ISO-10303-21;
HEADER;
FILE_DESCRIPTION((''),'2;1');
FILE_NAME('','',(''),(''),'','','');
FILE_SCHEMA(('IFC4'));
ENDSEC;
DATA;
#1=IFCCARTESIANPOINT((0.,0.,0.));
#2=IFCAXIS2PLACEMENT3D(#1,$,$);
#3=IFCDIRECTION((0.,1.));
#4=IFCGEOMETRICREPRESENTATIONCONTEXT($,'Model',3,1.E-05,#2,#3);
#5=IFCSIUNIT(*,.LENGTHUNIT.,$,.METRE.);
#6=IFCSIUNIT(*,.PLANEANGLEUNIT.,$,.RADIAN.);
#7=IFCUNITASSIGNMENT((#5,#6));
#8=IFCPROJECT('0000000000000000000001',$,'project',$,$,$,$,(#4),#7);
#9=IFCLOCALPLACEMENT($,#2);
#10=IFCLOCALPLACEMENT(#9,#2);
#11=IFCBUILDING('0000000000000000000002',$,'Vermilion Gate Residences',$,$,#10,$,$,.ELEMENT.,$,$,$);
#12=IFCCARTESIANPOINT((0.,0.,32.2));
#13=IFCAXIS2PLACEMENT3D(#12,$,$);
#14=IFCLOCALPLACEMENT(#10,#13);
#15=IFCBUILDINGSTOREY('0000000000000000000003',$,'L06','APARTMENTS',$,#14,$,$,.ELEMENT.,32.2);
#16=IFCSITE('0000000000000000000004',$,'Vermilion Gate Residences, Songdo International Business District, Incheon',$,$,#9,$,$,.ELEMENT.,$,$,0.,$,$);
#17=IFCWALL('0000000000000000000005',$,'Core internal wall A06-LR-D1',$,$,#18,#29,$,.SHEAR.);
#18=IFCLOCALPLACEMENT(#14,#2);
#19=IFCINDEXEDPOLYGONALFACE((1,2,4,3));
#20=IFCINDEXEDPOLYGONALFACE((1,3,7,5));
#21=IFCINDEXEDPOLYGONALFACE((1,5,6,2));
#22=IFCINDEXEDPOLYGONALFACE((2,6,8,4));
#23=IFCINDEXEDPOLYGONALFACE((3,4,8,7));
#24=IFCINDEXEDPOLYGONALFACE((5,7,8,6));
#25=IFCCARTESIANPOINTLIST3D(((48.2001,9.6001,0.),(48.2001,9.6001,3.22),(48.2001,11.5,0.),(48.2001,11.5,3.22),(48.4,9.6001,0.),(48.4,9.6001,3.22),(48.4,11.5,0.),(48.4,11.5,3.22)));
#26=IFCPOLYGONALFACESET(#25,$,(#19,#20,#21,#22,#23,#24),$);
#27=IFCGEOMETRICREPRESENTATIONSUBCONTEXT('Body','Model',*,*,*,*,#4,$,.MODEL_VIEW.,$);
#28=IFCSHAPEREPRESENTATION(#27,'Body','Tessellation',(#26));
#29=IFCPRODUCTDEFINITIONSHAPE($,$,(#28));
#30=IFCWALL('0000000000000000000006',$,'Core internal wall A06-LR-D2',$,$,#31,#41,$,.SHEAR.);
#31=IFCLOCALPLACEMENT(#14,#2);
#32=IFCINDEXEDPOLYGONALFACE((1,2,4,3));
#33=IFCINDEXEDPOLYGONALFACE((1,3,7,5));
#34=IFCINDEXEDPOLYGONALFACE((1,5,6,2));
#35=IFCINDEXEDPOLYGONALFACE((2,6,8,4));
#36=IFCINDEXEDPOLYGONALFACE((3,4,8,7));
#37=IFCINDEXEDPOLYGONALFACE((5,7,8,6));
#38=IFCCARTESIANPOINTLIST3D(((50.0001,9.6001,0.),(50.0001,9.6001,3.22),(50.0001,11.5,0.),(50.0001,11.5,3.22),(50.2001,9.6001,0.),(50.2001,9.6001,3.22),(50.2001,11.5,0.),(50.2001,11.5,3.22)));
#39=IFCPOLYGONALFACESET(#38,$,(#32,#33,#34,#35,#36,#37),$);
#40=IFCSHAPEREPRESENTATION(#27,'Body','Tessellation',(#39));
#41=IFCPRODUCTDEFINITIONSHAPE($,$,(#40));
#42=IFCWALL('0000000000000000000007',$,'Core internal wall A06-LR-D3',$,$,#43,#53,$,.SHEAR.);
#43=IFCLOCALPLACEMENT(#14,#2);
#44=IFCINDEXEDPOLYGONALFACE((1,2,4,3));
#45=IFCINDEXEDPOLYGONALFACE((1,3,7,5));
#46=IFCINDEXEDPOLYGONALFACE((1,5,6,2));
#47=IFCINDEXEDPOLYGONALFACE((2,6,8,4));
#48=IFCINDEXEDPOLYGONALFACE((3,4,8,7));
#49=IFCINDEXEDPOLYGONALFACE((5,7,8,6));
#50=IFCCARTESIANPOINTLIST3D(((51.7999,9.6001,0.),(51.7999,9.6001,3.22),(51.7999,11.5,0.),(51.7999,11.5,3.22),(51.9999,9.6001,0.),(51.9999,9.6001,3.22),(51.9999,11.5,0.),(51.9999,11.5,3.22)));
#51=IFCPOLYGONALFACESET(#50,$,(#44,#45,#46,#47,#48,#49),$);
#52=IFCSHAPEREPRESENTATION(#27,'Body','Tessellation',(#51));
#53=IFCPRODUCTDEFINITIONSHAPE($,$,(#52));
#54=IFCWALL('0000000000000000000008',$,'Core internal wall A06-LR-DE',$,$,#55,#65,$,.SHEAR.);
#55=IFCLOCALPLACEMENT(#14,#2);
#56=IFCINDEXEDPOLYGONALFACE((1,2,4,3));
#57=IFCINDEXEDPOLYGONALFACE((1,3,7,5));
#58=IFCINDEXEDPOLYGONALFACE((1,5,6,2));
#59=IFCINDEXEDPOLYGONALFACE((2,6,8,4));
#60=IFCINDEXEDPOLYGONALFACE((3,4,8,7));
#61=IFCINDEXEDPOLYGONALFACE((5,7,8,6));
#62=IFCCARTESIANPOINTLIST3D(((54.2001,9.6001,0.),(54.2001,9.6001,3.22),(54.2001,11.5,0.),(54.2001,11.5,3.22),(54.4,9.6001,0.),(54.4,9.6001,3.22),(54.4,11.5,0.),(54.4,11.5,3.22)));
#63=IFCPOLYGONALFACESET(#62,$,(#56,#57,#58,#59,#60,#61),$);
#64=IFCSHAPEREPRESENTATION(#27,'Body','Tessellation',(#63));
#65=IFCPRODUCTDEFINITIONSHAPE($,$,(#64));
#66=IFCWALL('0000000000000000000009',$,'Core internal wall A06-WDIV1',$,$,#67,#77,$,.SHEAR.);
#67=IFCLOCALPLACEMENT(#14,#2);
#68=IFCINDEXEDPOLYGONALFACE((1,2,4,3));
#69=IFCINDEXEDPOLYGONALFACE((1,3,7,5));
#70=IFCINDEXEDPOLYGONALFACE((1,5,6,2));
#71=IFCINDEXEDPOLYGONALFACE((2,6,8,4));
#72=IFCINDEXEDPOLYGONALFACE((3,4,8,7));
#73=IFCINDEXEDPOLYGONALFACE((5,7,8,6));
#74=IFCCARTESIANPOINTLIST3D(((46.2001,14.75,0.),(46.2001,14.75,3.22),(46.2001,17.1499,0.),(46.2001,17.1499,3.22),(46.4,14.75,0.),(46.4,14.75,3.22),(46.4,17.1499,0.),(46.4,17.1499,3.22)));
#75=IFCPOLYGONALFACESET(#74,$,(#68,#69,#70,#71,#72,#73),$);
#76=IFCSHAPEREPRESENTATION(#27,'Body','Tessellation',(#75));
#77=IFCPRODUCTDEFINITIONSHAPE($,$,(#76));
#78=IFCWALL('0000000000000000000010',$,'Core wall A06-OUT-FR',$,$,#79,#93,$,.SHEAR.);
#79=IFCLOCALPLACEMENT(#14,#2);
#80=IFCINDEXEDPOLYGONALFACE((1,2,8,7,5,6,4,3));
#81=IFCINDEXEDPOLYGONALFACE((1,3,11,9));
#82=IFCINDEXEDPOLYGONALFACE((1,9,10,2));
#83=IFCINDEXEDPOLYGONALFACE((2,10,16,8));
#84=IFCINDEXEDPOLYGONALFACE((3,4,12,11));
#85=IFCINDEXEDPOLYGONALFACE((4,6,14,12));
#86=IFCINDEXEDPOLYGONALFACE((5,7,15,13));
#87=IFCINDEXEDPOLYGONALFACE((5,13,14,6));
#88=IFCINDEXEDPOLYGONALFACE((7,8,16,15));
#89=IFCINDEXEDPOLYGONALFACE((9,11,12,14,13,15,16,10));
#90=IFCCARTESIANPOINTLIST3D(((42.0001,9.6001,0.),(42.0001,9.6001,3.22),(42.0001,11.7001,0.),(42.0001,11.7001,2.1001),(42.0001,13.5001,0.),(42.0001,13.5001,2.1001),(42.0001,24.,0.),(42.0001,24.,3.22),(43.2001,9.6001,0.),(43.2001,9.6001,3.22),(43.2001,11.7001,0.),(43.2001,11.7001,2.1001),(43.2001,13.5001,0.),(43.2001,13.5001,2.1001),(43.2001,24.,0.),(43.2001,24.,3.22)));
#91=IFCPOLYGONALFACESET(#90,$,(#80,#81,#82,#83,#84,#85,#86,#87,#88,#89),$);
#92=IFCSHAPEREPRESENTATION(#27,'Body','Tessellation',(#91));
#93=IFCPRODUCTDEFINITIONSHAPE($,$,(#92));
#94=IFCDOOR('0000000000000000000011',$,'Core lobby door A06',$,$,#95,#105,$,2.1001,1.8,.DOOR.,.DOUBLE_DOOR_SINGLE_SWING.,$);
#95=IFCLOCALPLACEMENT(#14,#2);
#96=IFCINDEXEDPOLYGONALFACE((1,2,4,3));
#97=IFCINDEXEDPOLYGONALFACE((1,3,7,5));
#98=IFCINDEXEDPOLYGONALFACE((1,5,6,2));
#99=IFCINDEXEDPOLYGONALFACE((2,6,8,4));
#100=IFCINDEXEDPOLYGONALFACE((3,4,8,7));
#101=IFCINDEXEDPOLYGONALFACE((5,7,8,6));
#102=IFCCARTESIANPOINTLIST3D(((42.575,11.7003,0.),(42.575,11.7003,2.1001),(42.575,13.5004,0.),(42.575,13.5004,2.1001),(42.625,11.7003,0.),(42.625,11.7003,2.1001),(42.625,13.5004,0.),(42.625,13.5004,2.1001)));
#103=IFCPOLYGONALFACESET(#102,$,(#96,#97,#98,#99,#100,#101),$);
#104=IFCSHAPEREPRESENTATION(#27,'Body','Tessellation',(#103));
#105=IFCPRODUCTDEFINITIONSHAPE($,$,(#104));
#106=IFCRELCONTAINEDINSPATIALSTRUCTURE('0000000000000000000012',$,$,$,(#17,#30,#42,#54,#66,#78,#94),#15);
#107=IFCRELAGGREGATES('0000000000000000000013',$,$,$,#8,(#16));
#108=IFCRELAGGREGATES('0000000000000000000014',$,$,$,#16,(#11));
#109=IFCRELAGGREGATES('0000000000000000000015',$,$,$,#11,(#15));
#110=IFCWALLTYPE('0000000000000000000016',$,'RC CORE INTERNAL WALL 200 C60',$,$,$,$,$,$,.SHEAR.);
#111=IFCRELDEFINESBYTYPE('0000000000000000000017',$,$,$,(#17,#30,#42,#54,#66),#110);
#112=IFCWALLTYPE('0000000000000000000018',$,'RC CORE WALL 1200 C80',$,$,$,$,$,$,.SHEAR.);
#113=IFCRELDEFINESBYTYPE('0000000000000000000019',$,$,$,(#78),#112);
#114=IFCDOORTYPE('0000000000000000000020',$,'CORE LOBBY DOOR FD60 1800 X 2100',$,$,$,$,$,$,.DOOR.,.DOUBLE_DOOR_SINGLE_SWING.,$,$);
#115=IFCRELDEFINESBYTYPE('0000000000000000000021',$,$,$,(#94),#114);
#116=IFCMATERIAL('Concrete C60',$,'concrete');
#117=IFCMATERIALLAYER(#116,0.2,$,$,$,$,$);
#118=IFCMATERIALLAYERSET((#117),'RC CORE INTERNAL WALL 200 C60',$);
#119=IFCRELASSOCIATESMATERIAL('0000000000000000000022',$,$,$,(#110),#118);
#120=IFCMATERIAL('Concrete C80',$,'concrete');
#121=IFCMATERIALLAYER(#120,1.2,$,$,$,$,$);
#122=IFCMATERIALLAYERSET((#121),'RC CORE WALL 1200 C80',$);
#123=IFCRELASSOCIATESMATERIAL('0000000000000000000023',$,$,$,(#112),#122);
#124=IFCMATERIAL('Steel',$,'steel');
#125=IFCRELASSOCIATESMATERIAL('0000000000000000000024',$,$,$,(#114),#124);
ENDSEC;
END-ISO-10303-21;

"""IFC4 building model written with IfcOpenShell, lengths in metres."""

from ifc_helpers import new_model, si_unit, direction, frame, frame_2d, origin, place, context, subcontext, project, spatial, rectangle, extrude, material, layer, layer_set, type_object, element, fill, save


model = new_model("IFC4")

# Units and contexts
model_context = context("Model", 3, precision=1e-05, world=origin(), true_north=direction((0.0, 1.0)))
body_context = subcontext(model_context, "Body", "Model", "MODEL_VIEW")
ifc_project = project(units=[si_unit("LENGTHUNIT", "METRE"), si_unit("PLANEANGLEUNIT", "RADIAN")], contexts=[model_context])

# Site, building, storey
site_placement = place(None, origin())
site = spatial("IfcSite", under=ifc_project, at=site_placement, Name="Vermilion Gate Residences, Songdo International Business District, Incheon", CompositionType="ELEMENT", RefElevation=0.0)
building_placement = place(site_placement, origin())
building = spatial("IfcBuilding", under=site, at=building_placement, Name="Vermilion Gate Residences", CompositionType="ELEMENT")
storey_placement = place(building_placement, frame((0.0, 0.0, 32.2)))
storey = spatial("IfcBuildingStorey", under=building, at=storey_placement, Name="L06", Description="APARTMENTS", CompositionType="ELEMENT", Elevation=32.2)

# Walls
ifc_material_1 = material(Name="Concrete C60", Category="concrete")
ifc_layer_1 = layer(ifc_material_1, 0.2)
ifc_layer_set_1 = layer_set([ifc_layer_1], Name="RC CORE INTERNAL WALL 200 C60")
wall_type_1 = type_object("IfcWallType", Name="RC CORE INTERNAL WALL 200 C60", PredefinedType="SHEAR", material=ifc_layer_set_1)
for number, where, z_axis, x_axis, name in (
    (1, (48.3, 9.6001, 0.0), (0.0, 0.0, 1.0), (0.0, 1.0, 0.0), "Core internal wall A06-LR-D1"),
    (2, (50.1001, 9.6001, 0.0), (0.0, 0.0, 1.0), (0.0, 1.0, 0.0), "Core internal wall A06-LR-D2"),
    (3, (51.8999, 9.6001, 0.0), (0.0, 0.0, 1.0), (0.0, 1.0, 0.0), "Core internal wall A06-LR-D3"),
    (4, (54.3, 9.6001, 0.0), (0.0, 0.0, 1.0), (0.0, 1.0, 0.0), "Core internal wall A06-LR-DE"),
):
    element("IfcWall", number, at=place(storey_placement, frame(where, z_axis=z_axis, x_axis=x_axis)), inside=storey, type_object=wall_type_1, Name=name, PredefinedType="SHEAR", context=body_context, shape_type="SweptSolid", body=[
        extrude(rectangle(XDim=1.8999, YDim=0.2, at=frame_2d((0.95, 0.0))), origin(), (0.0, 0.0, 1.0), 3.22),
    ])
wall_1_placement = place(storey_placement, frame((46.3, 14.75, 0.0), z_axis=(0.0, 0.0, 1.0), x_axis=(0.0, 1.0, 0.0)))
element("IfcWall", 5, at=wall_1_placement, inside=storey, type_object=wall_type_1, Name="Core internal wall A06-WDIV1", PredefinedType="SHEAR", context=body_context, shape_type="SweptSolid", body=[
    extrude(rectangle(XDim=2.3999, YDim=0.2, at=frame_2d((1.2, 0.0))), origin(), (0.0, 0.0, 1.0), 3.22),
])

# Wall, opening, door
ifc_material_2 = material(Name="Concrete C80", Category="concrete")
ifc_layer_2 = layer(ifc_material_2, 1.2)
ifc_layer_set_2 = layer_set([ifc_layer_2], Name="RC CORE WALL 1200 C80")
wall_type_2 = type_object("IfcWallType", Name="RC CORE WALL 1200 C80", PredefinedType="SHEAR", material=ifc_layer_set_2)
wall_2_placement = place(storey_placement, frame((42.6001, 9.6001, 0.0), z_axis=(0.0, 0.0, 1.0), x_axis=(0.0, 1.0, 0.0)))
wall_2 = element("IfcWall", 6, at=wall_2_placement, inside=storey, type_object=wall_type_2, Name="Core wall A06-OUT-FR", PredefinedType="SHEAR", context=body_context, shape_type="SweptSolid", body=[
    extrude(rectangle(XDim=14.3999, YDim=1.2, at=frame_2d((7.2, 0.0))), origin(), (0.0, 0.0, 1.0), 3.22),
])
opening_1_placement = place(wall_2_placement, frame((2.1001, 0.0, 0.0)))
opening_1 = element("IfcOpeningElement", 7, at=opening_1_placement, cuts=wall_2, PredefinedType="OPENING", context=body_context, shape_type="SweptSolid", body=[
    extrude(rectangle(XDim=1.8, YDim=2.1001, at=frame_2d((0.8999, 1.05))), frame((0.0, 0.6099, 0.0), z_axis=(0.0, -1.0, 0.0), x_axis=(1.0, 0.0, 0.0)), (0.0, 0.0, 1.0), 1.22),
])
ifc_material_3 = material(Name="Steel", Category="steel")
door_type_1 = type_object("IfcDoorType", Name="CORE LOBBY DOOR FD60 1800 X 2100", OperationType="DOUBLE_DOOR_SINGLE_SWING", PredefinedType="DOOR", material=ifc_material_3)
door_1_placement = place(opening_1_placement, frame((1.8, 0.0, 0.0), z_axis=(0.0, 0.0, 1.0), x_axis=(-1.0, 0.0, 0.0)))
door_1 = element("IfcDoor", 8, at=door_1_placement, inside=storey, type_object=door_type_1, Name="Core lobby door A06", OperationType="DOUBLE_DOOR_SINGLE_SWING", OverallHeight=2.1001, OverallWidth=1.8, PredefinedType="DOOR", context=body_context, shape_type="SweptSolid", body=[
    extrude(rectangle(XDim=1.8, YDim=2.1001, at=frame_2d((0.8999, 1.05))), frame((0.0, 0.0249, 0.0), z_axis=(0.0, -1.0, 0.0), x_axis=(1.0, 0.0, 0.0)), (0.0, 0.0, 1.0), 0.05),
])
fill(opening_1, door_1)

save(model, "model.ifc")
